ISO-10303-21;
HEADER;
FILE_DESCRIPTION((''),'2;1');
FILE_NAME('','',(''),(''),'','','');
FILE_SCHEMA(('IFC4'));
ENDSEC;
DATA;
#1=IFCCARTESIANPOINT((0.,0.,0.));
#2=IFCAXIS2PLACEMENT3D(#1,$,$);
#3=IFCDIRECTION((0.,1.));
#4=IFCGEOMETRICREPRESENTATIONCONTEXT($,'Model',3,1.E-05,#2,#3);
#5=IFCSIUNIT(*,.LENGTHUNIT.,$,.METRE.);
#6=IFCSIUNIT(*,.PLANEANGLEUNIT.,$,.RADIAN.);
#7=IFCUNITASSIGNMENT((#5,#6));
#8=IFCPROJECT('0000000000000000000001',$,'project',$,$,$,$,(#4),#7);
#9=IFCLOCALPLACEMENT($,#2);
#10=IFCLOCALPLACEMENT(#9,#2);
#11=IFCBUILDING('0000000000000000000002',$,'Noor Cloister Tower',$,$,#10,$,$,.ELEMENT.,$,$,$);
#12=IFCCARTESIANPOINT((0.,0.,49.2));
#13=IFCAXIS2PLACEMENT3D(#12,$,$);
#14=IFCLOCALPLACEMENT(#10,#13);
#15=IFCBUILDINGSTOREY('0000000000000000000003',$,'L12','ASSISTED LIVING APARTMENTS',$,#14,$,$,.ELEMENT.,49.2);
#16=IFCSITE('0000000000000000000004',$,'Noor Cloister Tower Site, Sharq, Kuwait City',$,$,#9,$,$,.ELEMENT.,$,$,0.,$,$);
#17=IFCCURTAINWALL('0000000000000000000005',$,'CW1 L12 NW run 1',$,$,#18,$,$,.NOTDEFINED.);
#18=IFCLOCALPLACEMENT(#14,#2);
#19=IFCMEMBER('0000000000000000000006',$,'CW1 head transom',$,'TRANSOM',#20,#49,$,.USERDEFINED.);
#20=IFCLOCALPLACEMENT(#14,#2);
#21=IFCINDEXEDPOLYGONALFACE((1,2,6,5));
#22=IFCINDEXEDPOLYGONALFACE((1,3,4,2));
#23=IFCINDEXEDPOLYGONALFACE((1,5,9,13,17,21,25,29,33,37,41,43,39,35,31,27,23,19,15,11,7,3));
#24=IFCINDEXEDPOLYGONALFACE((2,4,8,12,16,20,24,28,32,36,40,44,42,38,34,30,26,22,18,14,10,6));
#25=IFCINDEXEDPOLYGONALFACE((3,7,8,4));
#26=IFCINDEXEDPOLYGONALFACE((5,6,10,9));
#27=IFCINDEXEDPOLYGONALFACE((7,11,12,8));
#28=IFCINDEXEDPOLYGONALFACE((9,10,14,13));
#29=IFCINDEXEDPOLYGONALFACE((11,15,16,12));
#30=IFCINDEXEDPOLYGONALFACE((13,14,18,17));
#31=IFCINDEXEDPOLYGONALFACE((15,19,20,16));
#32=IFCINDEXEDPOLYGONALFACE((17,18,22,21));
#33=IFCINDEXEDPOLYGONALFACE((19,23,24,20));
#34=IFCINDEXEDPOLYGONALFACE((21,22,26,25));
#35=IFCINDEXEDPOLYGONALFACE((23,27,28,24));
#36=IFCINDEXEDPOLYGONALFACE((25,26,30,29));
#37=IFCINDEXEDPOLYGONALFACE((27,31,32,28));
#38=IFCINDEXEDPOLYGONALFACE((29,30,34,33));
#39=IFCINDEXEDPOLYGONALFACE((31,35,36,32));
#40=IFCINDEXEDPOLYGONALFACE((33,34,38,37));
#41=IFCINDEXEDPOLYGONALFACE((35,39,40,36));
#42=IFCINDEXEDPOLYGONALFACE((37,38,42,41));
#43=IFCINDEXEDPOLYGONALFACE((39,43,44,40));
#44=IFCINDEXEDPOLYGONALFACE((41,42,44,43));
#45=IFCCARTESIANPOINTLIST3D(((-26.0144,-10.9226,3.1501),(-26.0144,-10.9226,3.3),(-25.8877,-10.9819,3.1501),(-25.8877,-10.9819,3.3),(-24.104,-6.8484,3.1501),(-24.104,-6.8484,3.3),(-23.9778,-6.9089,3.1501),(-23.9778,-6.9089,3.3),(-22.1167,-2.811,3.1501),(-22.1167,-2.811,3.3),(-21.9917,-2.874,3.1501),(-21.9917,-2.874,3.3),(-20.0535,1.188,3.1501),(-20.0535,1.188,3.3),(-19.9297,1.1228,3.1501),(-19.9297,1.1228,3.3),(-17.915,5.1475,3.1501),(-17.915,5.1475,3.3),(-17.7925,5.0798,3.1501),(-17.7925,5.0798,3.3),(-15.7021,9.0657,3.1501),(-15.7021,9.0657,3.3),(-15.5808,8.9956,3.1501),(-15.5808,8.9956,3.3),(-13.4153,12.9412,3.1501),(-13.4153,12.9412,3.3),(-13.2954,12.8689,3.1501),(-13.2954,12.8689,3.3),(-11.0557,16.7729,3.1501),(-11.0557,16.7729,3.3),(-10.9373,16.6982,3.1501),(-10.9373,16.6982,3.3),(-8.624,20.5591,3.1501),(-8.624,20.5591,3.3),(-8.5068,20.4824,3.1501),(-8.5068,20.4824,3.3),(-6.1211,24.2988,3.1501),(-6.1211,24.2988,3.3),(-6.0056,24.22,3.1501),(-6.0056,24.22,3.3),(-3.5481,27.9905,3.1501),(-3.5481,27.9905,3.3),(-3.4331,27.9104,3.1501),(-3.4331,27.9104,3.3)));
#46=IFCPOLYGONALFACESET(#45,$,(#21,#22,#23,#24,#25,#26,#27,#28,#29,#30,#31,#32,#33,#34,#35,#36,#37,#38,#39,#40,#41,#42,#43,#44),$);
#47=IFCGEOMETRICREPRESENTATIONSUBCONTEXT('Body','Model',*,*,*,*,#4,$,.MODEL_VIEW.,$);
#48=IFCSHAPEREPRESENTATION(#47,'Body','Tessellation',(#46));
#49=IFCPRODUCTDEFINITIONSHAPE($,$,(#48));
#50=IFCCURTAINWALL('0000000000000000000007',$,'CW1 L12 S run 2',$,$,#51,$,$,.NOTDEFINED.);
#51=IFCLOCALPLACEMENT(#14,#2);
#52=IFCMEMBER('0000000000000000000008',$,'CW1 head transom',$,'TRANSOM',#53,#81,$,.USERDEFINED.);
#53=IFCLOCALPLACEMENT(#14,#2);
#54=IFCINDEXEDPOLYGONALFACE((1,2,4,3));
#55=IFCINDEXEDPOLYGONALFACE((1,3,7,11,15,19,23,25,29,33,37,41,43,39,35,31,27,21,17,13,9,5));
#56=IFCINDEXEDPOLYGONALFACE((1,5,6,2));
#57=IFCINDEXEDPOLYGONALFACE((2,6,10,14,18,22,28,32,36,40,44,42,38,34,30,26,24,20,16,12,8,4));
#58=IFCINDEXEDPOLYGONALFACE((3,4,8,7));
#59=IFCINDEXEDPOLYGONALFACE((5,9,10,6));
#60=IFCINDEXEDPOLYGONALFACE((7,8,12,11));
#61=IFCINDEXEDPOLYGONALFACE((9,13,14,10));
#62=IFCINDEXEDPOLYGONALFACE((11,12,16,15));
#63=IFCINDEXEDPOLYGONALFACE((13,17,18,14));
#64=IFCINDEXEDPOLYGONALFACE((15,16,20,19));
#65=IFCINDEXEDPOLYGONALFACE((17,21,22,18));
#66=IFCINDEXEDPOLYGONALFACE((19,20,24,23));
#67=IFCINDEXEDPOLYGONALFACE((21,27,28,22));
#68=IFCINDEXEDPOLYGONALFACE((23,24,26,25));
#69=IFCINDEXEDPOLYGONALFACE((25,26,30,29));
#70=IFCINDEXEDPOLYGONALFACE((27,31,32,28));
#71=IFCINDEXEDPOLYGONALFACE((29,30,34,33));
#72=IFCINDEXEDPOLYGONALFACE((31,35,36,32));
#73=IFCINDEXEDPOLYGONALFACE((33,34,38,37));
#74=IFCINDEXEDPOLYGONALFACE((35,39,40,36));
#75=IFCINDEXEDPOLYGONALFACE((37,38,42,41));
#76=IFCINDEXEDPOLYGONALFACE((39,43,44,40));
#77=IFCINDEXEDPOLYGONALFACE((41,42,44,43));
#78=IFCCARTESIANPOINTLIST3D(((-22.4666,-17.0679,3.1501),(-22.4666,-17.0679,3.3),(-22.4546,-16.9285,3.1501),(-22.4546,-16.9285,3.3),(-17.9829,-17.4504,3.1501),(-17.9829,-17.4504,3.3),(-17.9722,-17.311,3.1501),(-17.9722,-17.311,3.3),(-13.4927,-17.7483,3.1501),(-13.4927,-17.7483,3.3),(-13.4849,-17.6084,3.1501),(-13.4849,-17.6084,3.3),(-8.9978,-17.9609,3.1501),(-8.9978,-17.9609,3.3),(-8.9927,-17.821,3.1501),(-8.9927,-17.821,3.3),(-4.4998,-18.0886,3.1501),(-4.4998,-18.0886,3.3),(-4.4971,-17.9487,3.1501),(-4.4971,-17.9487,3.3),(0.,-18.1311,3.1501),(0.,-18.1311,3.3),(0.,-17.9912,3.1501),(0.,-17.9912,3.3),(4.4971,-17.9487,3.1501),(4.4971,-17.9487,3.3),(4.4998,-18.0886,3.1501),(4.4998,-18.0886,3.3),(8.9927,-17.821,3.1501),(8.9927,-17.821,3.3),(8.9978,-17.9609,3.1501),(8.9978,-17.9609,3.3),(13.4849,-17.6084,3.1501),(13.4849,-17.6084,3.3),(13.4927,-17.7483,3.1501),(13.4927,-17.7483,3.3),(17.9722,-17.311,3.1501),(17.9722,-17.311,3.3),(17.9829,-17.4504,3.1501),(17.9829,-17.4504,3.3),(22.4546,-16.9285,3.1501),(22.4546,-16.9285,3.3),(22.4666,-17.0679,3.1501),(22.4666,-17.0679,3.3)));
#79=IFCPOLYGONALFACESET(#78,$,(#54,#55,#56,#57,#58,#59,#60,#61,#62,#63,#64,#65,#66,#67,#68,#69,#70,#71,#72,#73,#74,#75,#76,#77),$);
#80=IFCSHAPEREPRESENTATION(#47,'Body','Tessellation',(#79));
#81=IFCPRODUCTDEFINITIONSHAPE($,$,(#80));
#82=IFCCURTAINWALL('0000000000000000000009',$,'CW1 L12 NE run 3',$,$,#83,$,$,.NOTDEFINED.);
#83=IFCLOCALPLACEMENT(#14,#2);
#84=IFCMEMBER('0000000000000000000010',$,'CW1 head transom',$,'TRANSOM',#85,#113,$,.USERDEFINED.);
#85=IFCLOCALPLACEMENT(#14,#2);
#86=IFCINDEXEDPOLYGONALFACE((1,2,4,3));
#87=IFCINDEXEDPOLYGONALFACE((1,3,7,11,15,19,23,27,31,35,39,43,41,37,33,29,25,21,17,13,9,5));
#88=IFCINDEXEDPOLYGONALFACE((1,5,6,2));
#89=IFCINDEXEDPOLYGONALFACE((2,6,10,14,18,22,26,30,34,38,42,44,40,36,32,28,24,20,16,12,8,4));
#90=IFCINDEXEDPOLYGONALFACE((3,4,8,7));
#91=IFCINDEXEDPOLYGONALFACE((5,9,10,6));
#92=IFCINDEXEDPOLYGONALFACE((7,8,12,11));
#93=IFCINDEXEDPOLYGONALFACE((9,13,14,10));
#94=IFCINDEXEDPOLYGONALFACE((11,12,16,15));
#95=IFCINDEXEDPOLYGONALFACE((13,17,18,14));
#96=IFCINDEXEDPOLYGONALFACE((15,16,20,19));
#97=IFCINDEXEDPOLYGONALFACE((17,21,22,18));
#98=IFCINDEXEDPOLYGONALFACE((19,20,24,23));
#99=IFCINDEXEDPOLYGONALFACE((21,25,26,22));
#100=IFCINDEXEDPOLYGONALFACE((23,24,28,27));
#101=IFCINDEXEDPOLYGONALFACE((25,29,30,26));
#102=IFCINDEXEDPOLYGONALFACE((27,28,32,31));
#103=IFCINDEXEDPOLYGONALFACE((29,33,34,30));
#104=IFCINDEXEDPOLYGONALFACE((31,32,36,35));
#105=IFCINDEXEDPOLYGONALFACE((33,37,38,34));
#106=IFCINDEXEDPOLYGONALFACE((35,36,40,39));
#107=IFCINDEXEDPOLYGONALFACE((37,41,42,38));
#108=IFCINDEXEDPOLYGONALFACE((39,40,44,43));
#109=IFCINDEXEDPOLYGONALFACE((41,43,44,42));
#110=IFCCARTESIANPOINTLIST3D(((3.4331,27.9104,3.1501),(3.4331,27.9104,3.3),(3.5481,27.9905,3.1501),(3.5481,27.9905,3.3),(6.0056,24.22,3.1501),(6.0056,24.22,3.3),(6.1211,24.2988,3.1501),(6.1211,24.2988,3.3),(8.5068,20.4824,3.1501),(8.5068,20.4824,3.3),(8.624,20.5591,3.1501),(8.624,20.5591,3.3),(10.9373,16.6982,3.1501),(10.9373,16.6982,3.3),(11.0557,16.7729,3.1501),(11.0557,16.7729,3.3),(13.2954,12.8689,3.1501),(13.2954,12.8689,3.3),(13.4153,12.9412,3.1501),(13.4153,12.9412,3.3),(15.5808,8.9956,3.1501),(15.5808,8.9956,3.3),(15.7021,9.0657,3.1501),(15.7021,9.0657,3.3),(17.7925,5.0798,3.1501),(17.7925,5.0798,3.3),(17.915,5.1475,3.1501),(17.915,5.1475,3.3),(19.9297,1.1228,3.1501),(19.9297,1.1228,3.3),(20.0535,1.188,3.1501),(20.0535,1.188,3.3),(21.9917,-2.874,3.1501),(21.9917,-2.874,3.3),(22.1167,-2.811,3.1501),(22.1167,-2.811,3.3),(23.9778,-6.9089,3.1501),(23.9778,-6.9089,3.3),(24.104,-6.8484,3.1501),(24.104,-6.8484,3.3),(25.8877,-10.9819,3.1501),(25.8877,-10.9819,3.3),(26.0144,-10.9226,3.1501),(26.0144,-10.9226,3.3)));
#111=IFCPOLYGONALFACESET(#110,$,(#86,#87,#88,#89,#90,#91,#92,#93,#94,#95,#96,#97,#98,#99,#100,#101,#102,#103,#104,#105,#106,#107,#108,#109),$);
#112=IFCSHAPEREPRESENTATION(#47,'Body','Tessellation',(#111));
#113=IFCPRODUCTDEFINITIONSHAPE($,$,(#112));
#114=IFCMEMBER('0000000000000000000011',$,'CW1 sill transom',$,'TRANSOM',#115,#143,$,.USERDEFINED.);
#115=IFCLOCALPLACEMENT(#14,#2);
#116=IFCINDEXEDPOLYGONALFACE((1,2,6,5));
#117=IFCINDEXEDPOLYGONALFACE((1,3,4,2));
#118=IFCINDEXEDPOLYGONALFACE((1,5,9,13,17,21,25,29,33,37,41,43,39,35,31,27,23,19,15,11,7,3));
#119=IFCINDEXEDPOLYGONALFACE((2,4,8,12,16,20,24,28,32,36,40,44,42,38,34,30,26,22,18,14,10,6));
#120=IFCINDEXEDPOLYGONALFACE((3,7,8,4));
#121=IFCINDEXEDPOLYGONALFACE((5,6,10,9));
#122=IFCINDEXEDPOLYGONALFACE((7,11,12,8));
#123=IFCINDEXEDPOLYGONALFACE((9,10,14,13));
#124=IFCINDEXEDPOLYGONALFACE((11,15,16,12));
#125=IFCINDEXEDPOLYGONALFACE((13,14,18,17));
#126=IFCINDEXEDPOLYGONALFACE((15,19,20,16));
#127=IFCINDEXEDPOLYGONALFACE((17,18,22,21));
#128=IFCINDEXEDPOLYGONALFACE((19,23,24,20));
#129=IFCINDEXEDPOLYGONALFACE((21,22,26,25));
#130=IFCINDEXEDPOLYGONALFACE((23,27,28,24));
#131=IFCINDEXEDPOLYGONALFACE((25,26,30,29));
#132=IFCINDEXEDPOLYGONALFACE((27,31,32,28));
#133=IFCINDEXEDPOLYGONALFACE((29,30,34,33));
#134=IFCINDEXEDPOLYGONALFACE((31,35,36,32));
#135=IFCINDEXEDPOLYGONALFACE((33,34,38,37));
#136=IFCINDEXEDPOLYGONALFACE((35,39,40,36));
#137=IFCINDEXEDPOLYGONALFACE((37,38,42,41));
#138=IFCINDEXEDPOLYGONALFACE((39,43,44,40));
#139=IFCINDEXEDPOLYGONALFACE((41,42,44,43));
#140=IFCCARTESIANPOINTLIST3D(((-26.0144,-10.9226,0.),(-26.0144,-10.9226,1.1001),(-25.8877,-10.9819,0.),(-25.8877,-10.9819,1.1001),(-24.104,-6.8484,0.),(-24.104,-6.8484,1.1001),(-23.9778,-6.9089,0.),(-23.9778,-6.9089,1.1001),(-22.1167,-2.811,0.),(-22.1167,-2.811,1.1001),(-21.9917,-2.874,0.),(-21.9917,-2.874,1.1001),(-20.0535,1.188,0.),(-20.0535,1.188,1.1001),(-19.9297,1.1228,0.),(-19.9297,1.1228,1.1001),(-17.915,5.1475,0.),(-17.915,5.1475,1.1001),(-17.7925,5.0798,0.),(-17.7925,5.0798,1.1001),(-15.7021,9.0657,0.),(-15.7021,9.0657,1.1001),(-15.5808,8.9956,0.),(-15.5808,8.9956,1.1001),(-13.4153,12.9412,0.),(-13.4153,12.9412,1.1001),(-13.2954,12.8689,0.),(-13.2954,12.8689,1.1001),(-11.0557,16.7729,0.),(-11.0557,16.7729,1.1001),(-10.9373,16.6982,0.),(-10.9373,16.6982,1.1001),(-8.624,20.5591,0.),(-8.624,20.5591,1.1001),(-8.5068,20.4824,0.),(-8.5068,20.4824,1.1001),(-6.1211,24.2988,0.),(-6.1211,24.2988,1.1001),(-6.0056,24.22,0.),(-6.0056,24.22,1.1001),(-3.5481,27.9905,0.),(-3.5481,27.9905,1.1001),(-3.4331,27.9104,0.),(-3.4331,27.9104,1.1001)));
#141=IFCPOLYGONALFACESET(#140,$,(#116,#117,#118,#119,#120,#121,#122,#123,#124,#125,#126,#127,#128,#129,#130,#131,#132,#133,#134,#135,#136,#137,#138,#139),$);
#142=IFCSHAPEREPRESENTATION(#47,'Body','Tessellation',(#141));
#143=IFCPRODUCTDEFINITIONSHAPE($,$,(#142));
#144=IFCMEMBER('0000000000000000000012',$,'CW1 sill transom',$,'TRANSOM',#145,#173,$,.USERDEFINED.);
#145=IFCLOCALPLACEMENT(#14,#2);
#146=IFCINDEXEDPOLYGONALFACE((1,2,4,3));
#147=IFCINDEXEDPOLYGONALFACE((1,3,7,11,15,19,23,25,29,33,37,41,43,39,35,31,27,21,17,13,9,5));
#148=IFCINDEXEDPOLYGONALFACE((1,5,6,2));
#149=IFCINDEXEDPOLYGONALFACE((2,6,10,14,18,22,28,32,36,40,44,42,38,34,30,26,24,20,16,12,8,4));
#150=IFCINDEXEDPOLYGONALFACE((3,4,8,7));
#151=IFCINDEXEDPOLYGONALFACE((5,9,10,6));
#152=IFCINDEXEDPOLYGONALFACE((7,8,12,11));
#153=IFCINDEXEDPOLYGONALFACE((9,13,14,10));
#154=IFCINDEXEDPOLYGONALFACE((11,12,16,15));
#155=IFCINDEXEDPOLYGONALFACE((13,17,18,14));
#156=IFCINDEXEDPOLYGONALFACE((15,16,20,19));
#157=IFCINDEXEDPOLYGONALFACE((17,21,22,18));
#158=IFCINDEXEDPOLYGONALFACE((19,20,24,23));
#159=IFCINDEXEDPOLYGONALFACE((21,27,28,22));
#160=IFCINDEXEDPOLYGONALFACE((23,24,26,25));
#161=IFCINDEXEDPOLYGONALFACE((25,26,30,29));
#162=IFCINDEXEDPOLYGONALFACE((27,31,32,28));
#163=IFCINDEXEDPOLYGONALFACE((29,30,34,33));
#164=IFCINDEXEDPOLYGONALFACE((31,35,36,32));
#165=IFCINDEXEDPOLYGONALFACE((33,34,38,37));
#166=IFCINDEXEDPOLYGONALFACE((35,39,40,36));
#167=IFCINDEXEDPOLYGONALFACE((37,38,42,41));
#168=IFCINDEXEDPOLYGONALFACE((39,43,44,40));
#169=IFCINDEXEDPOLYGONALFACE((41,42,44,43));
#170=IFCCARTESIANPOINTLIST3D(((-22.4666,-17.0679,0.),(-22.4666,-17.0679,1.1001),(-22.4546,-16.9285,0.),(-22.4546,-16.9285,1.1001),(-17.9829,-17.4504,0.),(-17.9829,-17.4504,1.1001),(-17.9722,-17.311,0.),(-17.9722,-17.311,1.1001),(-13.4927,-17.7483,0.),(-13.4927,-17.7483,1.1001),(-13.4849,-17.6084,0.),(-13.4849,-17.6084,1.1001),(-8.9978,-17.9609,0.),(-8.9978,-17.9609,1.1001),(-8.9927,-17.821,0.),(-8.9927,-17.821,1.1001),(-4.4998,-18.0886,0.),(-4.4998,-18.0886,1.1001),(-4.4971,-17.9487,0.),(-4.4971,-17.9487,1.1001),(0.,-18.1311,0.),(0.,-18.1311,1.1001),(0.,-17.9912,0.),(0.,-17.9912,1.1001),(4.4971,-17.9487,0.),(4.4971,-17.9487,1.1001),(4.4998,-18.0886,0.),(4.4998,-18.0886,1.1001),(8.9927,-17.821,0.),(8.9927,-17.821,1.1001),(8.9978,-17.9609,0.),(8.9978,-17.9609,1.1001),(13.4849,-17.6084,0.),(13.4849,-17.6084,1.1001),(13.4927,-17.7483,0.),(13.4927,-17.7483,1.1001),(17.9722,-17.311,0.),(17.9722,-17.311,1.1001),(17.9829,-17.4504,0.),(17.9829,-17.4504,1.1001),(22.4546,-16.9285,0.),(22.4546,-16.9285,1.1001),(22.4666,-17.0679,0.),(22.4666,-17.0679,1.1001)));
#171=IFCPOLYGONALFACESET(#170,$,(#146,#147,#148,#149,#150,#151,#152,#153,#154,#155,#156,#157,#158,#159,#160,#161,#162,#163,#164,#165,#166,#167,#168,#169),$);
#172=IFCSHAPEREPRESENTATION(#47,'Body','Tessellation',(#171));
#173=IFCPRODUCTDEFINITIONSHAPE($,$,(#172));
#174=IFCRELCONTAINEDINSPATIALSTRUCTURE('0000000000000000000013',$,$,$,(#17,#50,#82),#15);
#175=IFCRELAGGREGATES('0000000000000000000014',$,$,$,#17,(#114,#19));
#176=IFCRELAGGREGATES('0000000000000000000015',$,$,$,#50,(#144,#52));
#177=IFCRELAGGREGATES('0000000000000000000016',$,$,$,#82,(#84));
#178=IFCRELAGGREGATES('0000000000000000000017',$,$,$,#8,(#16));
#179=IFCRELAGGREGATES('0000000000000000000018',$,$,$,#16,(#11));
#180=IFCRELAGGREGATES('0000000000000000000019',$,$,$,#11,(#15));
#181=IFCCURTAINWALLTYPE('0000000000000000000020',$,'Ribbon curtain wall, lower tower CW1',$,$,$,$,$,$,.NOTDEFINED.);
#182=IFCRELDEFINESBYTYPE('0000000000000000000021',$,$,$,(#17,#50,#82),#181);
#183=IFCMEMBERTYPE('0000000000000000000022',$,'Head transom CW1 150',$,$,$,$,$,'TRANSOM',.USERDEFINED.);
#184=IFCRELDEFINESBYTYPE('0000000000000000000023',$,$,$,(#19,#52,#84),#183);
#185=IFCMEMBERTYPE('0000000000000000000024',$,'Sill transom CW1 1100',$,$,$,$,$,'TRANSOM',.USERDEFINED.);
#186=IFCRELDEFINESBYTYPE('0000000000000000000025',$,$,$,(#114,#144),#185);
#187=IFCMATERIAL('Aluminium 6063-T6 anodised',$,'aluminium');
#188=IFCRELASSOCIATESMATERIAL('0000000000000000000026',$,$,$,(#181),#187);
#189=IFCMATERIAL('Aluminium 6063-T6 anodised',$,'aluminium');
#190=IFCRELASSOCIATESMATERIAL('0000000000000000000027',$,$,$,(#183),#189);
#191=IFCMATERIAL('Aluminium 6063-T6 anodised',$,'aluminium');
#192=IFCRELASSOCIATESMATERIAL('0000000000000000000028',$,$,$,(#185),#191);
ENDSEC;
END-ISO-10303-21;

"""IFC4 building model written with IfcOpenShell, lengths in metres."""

from ifc_helpers import new_model, si_unit, direction, frame, origin, place, context, subcontext, project, spatial, polyline, outline, extrude, material, type_object, element, aggregate, save


model = new_model("IFC4")

# Units and contexts
model_context = context("Model", 3, precision=1e-05, world=origin(), true_north=direction((0.0, 1.0)))
body_context = subcontext(model_context, "Body", "Model", "MODEL_VIEW")
ifc_project = project(units=[si_unit("LENGTHUNIT", "METRE"), si_unit("PLANEANGLEUNIT", "RADIAN")], contexts=[model_context])

# Site, building, storey
site_placement = place(None, origin())
site = spatial("IfcSite", under=ifc_project, at=site_placement, Name="Noor Cloister Tower Site, Sharq, Kuwait City", CompositionType="ELEMENT", RefElevation=0.0)
building_placement = place(site_placement, origin())
building = spatial("IfcBuilding", under=site, at=building_placement, Name="Noor Cloister Tower", CompositionType="ELEMENT")
storey_placement = place(building_placement, frame((0.0, 0.0, 49.2)))
storey = spatial("IfcBuildingStorey", under=building, at=storey_placement, Name="L12", Description="ASSISTED LIVING APARTMENTS", CompositionType="ELEMENT", Elevation=49.2)

# Curtain walls, members
ifc_material_1 = material(Name="Aluminium 6063-T6 anodised", Category="aluminium")
curtain_wall_type = type_object("IfcCurtainWallType", Name="Ribbon curtain wall, lower tower CW1", PredefinedType="NOTDEFINED", material=ifc_material_1)
curtain_wall_1_placement = place(storey_placement, origin())
curtain_wall_1 = element("IfcCurtainWall", 1, at=curtain_wall_1_placement, inside=storey, type_object=curtain_wall_type, Name="CW1 L12 NW run 1", PredefinedType="NOTDEFINED")
ifc_material_2 = material(Name="Aluminium 6063-T6 anodised", Category="aluminium")
member_type_1 = type_object("IfcMemberType", Name="Head transom CW1 150", ElementType="TRANSOM", PredefinedType="USERDEFINED", material=ifc_material_2)
member_1_placement = place(storey_placement, frame((0.0, 0.0, 3.1501)))
member_1 = element("IfcMember", 2, at=member_1_placement, type_object=member_type_1, Name="CW1 head transom", ObjectType="TRANSOM", PredefinedType="USERDEFINED", context=body_context, shape_type="SweptSolid", body=[
    extrude(outline(polyline([(-3.5481, 27.9905), (-6.1211, 24.2988), (-8.624, 20.5591), (-11.0557, 16.7729), (-13.4153, 12.9412), (-15.7021, 9.0657), (-17.915, 5.1475), (-20.0535, 1.188), (-22.1167, -2.811), (-24.104, -6.8484), (-26.0144, -10.9226), (-25.8877, -10.9819), (-23.9778, -6.9089), (-21.9917, -2.874), (-19.9297, 1.1228), (-17.7925, 5.0798), (-15.5808, 8.9956), (-13.2954, 12.8689), (-10.9373, 16.6982), (-8.5068, 20.4824), (-6.0056, 24.22), (-3.4331, 27.9104), (-3.5481, 27.9905)])), origin(), (0.0, 0.0, 1.0), 0.1499),
])
curtain_wall_2_placement = place(storey_placement, origin())
curtain_wall_2 = element("IfcCurtainWall", 3, at=curtain_wall_2_placement, inside=storey, type_object=curtain_wall_type, Name="CW1 L12 S run 2", PredefinedType="NOTDEFINED")
member_2_placement = place(storey_placement, frame((0.0, 0.0, 3.1501)))
member_2 = element("IfcMember", 4, at=member_2_placement, type_object=member_type_1, Name="CW1 head transom", ObjectType="TRANSOM", PredefinedType="USERDEFINED", context=body_context, shape_type="SweptSolid", body=[
    extrude(outline(polyline([(-22.4666, -17.0679), (-17.9829, -17.4504), (-13.4927, -17.7483), (-8.9978, -17.9609), (-4.4998, -18.0886), (0.0, -18.1311), (4.4998, -18.0886), (8.9978, -17.9609), (13.4927, -17.7483), (17.9829, -17.4504), (22.4666, -17.0679), (22.4546, -16.9285), (17.9722, -17.311), (13.4849, -17.6084), (8.9927, -17.821), (4.4971, -17.9487), (0.0, -17.9912), (-4.4971, -17.9487), (-8.9927, -17.821), (-13.4849, -17.6084), (-17.9722, -17.311), (-22.4546, -16.9285), (-22.4666, -17.0679)])), origin(), (0.0, 0.0, 1.0), 0.1499),
])
curtain_wall_3_placement = place(storey_placement, origin())
curtain_wall_3 = element("IfcCurtainWall", 5, at=curtain_wall_3_placement, inside=storey, type_object=curtain_wall_type, Name="CW1 L12 NE run 3", PredefinedType="NOTDEFINED")
member_3_placement = place(storey_placement, frame((0.0, 0.0, 3.1501)))
member_3 = element("IfcMember", 6, at=member_3_placement, type_object=member_type_1, Name="CW1 head transom", ObjectType="TRANSOM", PredefinedType="USERDEFINED", context=body_context, shape_type="SweptSolid", body=[
    extrude(outline(polyline([(26.0144, -10.9226), (24.104, -6.8484), (22.1167, -2.811), (20.0535, 1.188), (17.915, 5.1475), (15.7021, 9.0657), (13.4153, 12.9412), (11.0557, 16.7729), (8.624, 20.5591), (6.1211, 24.2988), (3.5481, 27.9905), (3.4331, 27.9104), (6.0056, 24.22), (8.5068, 20.4824), (10.9373, 16.6982), (13.2954, 12.8689), (15.5808, 8.9956), (17.7925, 5.0798), (19.9297, 1.1228), (21.9917, -2.874), (23.9778, -6.9089), (25.8877, -10.9819), (26.0144, -10.9226)])), origin(), (0.0, 0.0, 1.0), 0.1499),
])

# Members
ifc_material_3 = material(Name="Aluminium 6063-T6 anodised", Category="aluminium")
member_type_2 = type_object("IfcMemberType", Name="Sill transom CW1 1100", ElementType="TRANSOM", PredefinedType="USERDEFINED", material=ifc_material_3)
member_4_placement = place(storey_placement, origin())
member_4 = element("IfcMember", 7, at=member_4_placement, type_object=member_type_2, Name="CW1 sill transom", ObjectType="TRANSOM", PredefinedType="USERDEFINED", context=body_context, shape_type="SweptSolid", body=[
    extrude(outline(polyline([(-3.5481, 27.9905), (-6.1211, 24.2988), (-8.624, 20.5591), (-11.0557, 16.7729), (-13.4153, 12.9412), (-15.7021, 9.0657), (-17.915, 5.1475), (-20.0535, 1.188), (-22.1167, -2.811), (-24.104, -6.8484), (-26.0144, -10.9226), (-25.8877, -10.9819), (-23.9778, -6.9089), (-21.9917, -2.874), (-19.9297, 1.1228), (-17.7925, 5.0798), (-15.5808, 8.9956), (-13.2954, 12.8689), (-10.9373, 16.6982), (-8.5068, 20.4824), (-6.0056, 24.22), (-3.4331, 27.9104), (-3.5481, 27.9905)])), origin(), (0.0, 0.0, 1.0), 1.1001),
])
aggregate(curtain_wall_1, [member_4, member_1])
member_5_placement = place(storey_placement, origin())
member_5 = element("IfcMember", 8, at=member_5_placement, type_object=member_type_2, Name="CW1 sill transom", ObjectType="TRANSOM", PredefinedType="USERDEFINED", context=body_context, shape_type="SweptSolid", body=[
    extrude(outline(polyline([(-22.4666, -17.0679), (-17.9829, -17.4504), (-13.4927, -17.7483), (-8.9978, -17.9609), (-4.4998, -18.0886), (0.0, -18.1311), (4.4998, -18.0886), (8.9978, -17.9609), (13.4927, -17.7483), (17.9829, -17.4504), (22.4666, -17.0679), (22.4546, -16.9285), (17.9722, -17.311), (13.4849, -17.6084), (8.9927, -17.821), (4.4971, -17.9487), (0.0, -17.9912), (-4.4971, -17.9487), (-8.9927, -17.821), (-13.4849, -17.6084), (-17.9722, -17.311), (-22.4546, -16.9285), (-22.4666, -17.0679)])), origin(), (0.0, 0.0, 1.0), 1.1001),
])
aggregate(curtain_wall_2, [member_5, member_2])
aggregate(curtain_wall_3, [member_3])

save(model, "model.ifc")
